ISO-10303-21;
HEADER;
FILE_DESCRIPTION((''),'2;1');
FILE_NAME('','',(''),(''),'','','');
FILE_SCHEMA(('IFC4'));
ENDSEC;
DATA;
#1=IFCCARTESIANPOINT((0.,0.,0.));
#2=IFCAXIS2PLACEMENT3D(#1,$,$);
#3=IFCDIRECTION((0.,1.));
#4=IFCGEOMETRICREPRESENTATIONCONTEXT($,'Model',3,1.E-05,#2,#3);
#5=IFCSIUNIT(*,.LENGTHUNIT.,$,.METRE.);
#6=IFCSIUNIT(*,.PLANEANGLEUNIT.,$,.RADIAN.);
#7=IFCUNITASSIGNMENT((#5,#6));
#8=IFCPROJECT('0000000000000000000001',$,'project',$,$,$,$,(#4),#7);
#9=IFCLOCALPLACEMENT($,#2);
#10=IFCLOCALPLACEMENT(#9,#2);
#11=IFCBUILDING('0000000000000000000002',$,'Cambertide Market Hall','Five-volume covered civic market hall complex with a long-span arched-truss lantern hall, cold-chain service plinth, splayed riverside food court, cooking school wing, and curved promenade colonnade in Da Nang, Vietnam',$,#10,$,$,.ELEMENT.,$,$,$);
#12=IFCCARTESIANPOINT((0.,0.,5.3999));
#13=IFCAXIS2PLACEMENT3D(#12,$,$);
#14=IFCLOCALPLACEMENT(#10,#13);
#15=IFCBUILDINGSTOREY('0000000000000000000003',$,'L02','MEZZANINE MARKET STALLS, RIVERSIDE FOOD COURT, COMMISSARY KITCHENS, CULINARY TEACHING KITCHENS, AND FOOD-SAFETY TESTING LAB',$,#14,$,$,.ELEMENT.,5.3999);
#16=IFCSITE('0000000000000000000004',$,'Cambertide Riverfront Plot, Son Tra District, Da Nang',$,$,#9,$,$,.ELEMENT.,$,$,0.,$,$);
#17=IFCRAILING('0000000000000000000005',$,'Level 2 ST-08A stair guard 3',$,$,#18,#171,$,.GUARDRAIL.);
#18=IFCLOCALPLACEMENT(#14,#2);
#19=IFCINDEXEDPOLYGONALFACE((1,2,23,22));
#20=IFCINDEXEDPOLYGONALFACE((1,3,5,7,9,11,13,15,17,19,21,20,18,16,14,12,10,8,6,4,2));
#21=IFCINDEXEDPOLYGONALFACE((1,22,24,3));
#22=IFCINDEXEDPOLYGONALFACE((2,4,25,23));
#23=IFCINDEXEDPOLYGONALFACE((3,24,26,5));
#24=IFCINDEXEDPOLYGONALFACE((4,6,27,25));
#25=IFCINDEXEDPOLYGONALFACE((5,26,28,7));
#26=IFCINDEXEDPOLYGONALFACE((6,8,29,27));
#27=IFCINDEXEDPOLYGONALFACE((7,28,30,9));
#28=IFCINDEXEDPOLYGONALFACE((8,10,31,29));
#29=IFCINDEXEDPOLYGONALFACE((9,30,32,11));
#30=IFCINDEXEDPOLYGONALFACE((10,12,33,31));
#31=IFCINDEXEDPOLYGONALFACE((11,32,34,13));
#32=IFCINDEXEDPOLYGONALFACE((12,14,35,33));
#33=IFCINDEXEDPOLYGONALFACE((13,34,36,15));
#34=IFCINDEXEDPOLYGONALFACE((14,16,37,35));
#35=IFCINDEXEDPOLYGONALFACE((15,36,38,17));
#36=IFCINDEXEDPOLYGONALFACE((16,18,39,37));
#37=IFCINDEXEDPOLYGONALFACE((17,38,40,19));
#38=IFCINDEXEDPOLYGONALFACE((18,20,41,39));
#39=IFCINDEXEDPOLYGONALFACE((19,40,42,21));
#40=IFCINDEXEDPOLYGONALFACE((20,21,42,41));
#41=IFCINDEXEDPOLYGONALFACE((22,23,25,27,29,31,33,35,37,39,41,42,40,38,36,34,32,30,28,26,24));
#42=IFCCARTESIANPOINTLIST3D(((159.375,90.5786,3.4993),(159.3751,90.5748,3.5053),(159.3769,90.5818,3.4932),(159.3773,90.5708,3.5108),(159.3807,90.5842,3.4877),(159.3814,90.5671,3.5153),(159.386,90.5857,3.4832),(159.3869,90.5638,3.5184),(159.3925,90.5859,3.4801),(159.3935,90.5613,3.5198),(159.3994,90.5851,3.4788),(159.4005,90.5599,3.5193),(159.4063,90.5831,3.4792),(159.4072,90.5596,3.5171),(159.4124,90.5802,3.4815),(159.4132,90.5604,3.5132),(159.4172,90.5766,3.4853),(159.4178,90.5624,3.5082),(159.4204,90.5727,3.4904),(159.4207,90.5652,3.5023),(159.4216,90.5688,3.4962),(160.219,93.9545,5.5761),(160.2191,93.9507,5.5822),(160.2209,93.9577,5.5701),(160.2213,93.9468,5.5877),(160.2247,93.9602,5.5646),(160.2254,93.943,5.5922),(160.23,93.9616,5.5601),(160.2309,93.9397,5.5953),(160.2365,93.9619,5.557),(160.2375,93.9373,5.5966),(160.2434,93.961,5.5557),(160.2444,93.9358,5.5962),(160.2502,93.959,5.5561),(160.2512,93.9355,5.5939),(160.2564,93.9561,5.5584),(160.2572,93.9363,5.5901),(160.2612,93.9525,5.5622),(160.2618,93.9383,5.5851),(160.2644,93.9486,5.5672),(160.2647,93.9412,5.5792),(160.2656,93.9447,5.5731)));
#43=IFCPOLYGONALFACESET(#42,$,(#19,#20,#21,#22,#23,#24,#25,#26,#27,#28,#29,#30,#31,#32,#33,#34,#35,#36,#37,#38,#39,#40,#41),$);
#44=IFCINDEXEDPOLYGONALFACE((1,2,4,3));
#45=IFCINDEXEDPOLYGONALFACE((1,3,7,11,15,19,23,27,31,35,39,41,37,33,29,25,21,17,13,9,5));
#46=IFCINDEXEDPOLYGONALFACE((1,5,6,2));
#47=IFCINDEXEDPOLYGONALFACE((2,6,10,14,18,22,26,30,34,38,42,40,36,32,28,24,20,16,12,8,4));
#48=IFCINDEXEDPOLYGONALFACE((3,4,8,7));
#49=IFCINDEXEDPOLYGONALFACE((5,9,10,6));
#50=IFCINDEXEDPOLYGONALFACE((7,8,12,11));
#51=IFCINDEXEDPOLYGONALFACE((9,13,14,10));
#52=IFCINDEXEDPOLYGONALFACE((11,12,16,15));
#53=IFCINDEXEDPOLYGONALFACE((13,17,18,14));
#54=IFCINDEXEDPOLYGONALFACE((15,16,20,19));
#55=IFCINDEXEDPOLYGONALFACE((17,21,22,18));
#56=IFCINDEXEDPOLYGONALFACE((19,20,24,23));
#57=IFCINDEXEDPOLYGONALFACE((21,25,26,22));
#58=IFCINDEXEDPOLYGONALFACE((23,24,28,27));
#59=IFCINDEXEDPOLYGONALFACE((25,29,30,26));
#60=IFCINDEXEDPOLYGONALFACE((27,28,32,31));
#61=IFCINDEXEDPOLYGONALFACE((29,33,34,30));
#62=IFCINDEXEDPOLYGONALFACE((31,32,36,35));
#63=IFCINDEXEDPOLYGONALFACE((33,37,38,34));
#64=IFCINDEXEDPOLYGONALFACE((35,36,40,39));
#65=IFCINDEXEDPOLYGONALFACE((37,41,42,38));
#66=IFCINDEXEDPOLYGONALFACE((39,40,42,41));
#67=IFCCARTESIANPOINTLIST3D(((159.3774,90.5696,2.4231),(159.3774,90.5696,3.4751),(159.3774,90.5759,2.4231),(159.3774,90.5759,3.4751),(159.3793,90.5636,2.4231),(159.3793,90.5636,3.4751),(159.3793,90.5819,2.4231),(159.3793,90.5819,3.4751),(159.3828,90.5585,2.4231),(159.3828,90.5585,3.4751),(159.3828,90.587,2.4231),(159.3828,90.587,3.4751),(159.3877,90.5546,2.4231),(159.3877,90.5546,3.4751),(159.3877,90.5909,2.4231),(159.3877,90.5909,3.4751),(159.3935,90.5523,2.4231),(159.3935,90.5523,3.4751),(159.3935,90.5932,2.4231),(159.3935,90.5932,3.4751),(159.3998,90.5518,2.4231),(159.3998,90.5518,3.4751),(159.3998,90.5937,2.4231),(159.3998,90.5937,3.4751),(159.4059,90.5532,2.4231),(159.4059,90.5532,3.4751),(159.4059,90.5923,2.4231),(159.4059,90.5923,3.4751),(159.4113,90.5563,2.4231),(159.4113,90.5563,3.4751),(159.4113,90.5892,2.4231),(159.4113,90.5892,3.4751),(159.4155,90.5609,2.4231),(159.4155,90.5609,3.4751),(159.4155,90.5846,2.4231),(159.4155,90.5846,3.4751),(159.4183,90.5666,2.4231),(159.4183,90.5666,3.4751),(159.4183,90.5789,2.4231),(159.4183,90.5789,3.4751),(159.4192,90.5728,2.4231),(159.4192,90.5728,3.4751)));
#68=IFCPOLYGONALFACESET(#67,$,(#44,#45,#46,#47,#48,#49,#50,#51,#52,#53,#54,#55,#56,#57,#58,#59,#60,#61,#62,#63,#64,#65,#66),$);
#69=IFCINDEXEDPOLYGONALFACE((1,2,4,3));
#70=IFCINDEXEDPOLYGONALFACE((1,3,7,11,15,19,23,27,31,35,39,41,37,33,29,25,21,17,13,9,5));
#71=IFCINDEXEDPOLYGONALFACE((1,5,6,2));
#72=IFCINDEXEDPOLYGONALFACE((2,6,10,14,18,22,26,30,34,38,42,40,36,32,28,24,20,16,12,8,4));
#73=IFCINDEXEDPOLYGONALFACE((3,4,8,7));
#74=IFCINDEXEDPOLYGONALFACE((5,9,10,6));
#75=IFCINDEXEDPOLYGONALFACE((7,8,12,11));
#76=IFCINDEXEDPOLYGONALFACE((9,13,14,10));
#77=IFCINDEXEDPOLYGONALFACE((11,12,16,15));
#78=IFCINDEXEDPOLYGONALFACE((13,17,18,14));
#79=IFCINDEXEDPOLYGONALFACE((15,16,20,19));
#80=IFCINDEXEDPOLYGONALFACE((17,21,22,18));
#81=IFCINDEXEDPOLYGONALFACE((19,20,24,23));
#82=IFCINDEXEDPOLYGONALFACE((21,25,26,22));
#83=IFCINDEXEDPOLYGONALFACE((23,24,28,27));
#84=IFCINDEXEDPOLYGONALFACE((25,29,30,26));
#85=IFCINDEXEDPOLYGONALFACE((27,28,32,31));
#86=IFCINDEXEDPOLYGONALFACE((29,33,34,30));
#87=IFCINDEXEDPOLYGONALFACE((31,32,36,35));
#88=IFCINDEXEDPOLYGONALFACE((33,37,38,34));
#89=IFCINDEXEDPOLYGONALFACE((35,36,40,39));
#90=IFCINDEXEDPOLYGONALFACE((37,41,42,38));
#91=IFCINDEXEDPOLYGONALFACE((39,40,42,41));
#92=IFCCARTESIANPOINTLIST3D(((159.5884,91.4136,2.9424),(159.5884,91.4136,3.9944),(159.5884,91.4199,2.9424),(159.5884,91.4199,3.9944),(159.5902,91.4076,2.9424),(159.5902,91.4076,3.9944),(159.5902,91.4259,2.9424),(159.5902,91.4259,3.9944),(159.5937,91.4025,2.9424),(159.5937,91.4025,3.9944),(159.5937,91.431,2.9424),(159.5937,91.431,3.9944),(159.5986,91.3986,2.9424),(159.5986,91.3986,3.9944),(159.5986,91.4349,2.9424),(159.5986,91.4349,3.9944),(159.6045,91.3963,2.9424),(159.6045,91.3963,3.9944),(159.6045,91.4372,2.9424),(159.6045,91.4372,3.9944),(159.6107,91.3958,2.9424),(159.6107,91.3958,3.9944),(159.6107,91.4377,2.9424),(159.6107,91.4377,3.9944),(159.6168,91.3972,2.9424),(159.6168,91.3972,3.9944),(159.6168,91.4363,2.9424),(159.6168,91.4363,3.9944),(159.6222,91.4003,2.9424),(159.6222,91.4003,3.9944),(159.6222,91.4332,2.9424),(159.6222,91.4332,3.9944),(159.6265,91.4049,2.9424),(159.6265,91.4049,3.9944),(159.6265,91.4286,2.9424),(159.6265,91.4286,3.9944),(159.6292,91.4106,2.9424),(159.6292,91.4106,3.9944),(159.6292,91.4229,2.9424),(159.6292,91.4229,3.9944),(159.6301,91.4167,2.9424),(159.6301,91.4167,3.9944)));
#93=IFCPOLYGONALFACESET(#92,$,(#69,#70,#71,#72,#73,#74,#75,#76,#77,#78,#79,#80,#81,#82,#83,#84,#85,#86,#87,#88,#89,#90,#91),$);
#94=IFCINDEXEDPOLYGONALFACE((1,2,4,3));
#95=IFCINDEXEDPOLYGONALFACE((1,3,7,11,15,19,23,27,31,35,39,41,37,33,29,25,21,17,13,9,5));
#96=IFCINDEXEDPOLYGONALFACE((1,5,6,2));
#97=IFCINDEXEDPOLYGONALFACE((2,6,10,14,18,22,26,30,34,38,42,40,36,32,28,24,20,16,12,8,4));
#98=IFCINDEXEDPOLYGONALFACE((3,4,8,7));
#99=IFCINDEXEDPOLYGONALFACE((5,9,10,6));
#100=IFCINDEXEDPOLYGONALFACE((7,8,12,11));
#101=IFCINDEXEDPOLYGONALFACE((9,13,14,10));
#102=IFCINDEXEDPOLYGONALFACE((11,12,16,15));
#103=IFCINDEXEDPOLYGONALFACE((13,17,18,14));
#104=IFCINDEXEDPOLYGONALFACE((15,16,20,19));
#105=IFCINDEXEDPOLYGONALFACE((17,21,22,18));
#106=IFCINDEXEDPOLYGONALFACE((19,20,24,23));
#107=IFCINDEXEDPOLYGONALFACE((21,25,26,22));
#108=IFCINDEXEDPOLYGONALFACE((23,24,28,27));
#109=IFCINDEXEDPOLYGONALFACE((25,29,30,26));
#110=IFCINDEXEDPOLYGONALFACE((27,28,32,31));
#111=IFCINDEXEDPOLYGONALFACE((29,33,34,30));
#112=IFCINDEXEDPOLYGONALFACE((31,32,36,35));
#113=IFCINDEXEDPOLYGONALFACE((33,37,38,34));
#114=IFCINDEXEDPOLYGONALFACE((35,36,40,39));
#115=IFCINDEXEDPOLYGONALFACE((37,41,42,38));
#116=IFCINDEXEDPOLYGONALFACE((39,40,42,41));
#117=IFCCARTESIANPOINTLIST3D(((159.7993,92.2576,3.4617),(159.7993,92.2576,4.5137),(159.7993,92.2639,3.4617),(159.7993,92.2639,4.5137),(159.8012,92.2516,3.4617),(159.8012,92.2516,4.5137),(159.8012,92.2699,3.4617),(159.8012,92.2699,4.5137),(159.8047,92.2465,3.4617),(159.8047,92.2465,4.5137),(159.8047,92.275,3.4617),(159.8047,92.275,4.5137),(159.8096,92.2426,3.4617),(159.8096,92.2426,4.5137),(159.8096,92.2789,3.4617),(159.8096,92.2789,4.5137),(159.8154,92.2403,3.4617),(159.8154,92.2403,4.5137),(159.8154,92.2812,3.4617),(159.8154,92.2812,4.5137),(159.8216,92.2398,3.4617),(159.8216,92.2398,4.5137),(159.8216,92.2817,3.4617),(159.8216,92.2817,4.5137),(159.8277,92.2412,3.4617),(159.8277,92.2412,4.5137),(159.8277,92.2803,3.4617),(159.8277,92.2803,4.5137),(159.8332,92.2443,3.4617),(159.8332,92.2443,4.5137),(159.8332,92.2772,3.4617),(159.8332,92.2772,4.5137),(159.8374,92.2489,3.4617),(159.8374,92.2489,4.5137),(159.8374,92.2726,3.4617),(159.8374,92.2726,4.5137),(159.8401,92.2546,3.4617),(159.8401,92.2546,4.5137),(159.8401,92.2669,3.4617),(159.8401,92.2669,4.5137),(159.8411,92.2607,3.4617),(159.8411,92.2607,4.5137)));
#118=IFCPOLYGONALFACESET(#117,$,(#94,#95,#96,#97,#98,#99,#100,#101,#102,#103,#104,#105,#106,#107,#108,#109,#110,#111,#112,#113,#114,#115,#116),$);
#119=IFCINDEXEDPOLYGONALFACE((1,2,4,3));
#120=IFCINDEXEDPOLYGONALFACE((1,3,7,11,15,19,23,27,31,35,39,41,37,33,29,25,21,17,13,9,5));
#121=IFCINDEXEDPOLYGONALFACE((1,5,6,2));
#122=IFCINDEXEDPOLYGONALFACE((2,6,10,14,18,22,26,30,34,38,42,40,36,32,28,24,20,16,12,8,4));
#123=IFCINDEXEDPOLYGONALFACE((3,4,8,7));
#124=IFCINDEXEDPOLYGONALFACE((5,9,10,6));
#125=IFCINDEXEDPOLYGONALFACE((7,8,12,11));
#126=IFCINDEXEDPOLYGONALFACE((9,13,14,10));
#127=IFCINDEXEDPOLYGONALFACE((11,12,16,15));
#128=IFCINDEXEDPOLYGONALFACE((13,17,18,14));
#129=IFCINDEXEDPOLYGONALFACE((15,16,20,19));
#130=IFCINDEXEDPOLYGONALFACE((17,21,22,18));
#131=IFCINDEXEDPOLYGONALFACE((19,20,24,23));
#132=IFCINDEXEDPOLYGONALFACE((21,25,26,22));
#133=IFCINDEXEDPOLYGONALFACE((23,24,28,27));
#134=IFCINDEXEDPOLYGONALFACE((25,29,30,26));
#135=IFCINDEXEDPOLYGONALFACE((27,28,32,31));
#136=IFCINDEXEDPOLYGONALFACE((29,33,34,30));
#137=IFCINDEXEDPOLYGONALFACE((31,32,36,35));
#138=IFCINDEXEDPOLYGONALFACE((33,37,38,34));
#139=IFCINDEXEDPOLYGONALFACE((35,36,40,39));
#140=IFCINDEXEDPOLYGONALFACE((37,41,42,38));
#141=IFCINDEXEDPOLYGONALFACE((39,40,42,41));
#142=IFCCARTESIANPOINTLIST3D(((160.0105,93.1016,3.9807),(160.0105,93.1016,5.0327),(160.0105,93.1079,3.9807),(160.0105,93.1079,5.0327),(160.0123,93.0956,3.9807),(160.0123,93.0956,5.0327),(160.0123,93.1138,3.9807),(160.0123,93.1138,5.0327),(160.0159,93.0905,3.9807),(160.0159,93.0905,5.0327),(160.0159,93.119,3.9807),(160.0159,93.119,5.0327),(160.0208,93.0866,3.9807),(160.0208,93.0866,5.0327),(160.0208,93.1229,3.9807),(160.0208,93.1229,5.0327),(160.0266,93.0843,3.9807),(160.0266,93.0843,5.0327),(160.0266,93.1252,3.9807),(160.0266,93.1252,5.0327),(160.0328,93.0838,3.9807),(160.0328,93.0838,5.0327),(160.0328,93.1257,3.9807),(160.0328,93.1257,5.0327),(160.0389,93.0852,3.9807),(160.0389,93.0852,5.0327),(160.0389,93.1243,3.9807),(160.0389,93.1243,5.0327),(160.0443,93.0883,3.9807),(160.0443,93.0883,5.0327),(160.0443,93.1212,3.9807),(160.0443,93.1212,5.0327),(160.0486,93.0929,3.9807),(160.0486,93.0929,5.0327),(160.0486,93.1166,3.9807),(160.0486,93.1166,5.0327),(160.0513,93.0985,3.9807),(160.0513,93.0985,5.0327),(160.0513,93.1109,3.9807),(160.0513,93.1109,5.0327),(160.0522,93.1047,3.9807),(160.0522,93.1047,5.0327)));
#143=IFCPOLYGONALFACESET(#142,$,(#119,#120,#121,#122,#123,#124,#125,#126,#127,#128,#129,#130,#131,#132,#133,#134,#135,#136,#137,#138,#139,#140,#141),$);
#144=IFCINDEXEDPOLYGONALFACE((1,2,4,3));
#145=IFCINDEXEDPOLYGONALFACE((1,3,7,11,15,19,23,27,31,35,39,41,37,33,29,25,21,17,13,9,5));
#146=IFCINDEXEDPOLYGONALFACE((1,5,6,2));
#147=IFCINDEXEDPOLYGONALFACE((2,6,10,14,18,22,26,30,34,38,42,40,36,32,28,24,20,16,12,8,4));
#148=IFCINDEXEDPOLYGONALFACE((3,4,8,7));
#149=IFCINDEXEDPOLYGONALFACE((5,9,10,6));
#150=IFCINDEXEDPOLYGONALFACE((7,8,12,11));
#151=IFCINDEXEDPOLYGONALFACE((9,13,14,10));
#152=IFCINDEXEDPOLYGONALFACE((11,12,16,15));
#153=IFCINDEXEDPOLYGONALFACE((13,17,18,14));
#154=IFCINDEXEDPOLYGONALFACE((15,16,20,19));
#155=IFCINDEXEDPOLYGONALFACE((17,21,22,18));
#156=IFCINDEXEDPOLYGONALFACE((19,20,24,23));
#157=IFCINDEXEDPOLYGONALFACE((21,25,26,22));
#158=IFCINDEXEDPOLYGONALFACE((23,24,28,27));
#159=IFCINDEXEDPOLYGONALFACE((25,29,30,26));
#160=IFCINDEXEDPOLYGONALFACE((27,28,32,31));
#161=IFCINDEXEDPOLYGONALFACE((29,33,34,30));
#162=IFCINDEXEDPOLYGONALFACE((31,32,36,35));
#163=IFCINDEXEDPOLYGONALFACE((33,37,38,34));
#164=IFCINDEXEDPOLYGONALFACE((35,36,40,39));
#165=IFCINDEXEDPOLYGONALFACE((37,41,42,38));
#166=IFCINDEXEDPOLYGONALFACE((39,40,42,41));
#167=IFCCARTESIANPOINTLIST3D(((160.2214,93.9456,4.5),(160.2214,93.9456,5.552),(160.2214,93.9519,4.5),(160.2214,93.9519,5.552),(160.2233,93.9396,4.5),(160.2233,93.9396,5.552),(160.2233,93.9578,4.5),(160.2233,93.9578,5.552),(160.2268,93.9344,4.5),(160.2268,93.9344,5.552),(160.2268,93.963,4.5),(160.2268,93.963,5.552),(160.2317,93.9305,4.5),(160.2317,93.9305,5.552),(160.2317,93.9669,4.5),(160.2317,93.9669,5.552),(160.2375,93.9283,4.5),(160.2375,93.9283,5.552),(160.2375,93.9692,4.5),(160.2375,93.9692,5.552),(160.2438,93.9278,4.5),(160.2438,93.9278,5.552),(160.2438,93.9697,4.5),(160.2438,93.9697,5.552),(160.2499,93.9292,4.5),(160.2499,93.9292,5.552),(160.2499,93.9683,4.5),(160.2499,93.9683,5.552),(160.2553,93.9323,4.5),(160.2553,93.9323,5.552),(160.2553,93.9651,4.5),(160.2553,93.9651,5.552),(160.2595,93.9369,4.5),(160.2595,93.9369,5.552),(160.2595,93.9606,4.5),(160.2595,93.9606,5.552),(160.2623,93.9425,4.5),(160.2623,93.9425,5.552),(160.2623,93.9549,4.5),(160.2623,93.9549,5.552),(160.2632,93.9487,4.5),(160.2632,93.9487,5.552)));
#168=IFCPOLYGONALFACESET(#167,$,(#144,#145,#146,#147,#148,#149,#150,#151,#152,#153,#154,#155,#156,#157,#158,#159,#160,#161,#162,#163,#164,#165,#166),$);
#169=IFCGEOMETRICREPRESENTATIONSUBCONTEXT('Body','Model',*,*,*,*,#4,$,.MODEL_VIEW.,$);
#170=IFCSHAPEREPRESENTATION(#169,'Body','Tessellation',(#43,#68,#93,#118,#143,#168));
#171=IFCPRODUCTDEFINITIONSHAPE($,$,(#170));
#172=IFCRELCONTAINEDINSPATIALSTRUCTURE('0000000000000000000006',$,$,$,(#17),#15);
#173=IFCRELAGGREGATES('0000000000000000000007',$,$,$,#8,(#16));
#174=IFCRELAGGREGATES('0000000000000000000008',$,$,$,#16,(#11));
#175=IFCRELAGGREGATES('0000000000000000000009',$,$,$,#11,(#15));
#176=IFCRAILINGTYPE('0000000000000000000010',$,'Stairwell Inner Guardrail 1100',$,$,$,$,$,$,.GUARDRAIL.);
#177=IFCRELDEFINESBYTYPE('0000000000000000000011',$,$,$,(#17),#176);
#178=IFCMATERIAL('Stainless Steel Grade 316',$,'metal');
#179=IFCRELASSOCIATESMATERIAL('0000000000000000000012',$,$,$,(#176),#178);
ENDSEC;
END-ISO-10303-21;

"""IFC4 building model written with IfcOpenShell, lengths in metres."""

from ifc_helpers import new_model, si_unit, direction, frame, origin, origin_2d, place, context, subcontext, project, spatial, circle, extrude, material, type_object, element, save


model = new_model("IFC4")

# Units and contexts
model_context = context("Model", 3, precision=1e-05, world=origin(), true_north=direction((0.0, 1.0)))
body_context = subcontext(model_context, "Body", "Model", "MODEL_VIEW")
ifc_project = project(units=[si_unit("LENGTHUNIT", "METRE"), si_unit("PLANEANGLEUNIT", "RADIAN")], contexts=[model_context])

# Site, building, storey
site_placement = place(None, origin())
site = spatial("IfcSite", under=ifc_project, at=site_placement, Name="Cambertide Riverfront Plot, Son Tra District, Da Nang", CompositionType="ELEMENT", RefElevation=0.0)
building_placement = place(site_placement, origin())
building = spatial("IfcBuilding", under=site, at=building_placement, Name="Cambertide Market Hall", Description="Five-volume covered civic market hall complex with a long-span arched-truss lantern hall, cold-chain service plinth, splayed riverside food court, cooking school wing, and curved promenade colonnade in Da Nang, Vietnam", CompositionType="ELEMENT")
storey_placement = place(building_placement, frame((0.0, 0.0, 5.3999)))
storey = spatial("IfcBuildingStorey", under=building, at=storey_placement, Name="L02", Description="MEZZANINE MARKET STALLS, RIVERSIDE FOOD COURT, COMMISSARY KITCHENS, CULINARY TEACHING KITCHENS, AND FOOD-SAFETY TESTING LAB", CompositionType="ELEMENT", Elevation=5.3999)

# Railing
ifc_material_1 = material(Name="Stainless Steel Grade 316", Category="metal")
railing_type_1 = type_object("IfcRailingType", Name="Stairwell Inner Guardrail 1100", PredefinedType="GUARDRAIL", material=ifc_material_1)
railing_1_placement = place(storey_placement, frame((159.3982, 90.5728, 2.4231)))
element("IfcRailing", 1, at=railing_1_placement, inside=storey, type_object=railing_type_1, Name="Level 2 ST-08A stair guard 3", PredefinedType="GUARDRAIL", context=body_context, shape_type="SweptSolid", body=[
    extrude(circle(Radius=0.0239, at=origin_2d()), frame((0.0, 0.0, 1.0762), z_axis=(0.208263, 0.833052, 0.512495), x_axis=(-0.970143, 0.242536, 0.0)), (0.0, 0.0, 1.0), 4.0525),
    extrude(circle(Radius=0.021, at=origin_2d()), origin(), (0.0, 0.0, 1.0), 1.052),
    extrude(circle(Radius=0.021, at=origin_2d()), frame((0.2109, 0.844, 0.5193)), (0.0, 0.0, 1.0), 1.052),
    extrude(circle(Radius=0.021, at=origin_2d()), frame((0.4219, 1.688, 1.0386)), (0.0, 0.0, 1.0), 1.052),
    extrude(circle(Radius=0.021, at=origin_2d()), frame((0.6331, 2.532, 1.5576)), (0.0, 0.0, 1.0), 1.052),
    extrude(circle(Radius=0.021, at=origin_2d()), frame((0.844, 3.376, 2.0769)), (0.0, 0.0, 1.0), 1.052),
])

save(model, "model.ifc")
